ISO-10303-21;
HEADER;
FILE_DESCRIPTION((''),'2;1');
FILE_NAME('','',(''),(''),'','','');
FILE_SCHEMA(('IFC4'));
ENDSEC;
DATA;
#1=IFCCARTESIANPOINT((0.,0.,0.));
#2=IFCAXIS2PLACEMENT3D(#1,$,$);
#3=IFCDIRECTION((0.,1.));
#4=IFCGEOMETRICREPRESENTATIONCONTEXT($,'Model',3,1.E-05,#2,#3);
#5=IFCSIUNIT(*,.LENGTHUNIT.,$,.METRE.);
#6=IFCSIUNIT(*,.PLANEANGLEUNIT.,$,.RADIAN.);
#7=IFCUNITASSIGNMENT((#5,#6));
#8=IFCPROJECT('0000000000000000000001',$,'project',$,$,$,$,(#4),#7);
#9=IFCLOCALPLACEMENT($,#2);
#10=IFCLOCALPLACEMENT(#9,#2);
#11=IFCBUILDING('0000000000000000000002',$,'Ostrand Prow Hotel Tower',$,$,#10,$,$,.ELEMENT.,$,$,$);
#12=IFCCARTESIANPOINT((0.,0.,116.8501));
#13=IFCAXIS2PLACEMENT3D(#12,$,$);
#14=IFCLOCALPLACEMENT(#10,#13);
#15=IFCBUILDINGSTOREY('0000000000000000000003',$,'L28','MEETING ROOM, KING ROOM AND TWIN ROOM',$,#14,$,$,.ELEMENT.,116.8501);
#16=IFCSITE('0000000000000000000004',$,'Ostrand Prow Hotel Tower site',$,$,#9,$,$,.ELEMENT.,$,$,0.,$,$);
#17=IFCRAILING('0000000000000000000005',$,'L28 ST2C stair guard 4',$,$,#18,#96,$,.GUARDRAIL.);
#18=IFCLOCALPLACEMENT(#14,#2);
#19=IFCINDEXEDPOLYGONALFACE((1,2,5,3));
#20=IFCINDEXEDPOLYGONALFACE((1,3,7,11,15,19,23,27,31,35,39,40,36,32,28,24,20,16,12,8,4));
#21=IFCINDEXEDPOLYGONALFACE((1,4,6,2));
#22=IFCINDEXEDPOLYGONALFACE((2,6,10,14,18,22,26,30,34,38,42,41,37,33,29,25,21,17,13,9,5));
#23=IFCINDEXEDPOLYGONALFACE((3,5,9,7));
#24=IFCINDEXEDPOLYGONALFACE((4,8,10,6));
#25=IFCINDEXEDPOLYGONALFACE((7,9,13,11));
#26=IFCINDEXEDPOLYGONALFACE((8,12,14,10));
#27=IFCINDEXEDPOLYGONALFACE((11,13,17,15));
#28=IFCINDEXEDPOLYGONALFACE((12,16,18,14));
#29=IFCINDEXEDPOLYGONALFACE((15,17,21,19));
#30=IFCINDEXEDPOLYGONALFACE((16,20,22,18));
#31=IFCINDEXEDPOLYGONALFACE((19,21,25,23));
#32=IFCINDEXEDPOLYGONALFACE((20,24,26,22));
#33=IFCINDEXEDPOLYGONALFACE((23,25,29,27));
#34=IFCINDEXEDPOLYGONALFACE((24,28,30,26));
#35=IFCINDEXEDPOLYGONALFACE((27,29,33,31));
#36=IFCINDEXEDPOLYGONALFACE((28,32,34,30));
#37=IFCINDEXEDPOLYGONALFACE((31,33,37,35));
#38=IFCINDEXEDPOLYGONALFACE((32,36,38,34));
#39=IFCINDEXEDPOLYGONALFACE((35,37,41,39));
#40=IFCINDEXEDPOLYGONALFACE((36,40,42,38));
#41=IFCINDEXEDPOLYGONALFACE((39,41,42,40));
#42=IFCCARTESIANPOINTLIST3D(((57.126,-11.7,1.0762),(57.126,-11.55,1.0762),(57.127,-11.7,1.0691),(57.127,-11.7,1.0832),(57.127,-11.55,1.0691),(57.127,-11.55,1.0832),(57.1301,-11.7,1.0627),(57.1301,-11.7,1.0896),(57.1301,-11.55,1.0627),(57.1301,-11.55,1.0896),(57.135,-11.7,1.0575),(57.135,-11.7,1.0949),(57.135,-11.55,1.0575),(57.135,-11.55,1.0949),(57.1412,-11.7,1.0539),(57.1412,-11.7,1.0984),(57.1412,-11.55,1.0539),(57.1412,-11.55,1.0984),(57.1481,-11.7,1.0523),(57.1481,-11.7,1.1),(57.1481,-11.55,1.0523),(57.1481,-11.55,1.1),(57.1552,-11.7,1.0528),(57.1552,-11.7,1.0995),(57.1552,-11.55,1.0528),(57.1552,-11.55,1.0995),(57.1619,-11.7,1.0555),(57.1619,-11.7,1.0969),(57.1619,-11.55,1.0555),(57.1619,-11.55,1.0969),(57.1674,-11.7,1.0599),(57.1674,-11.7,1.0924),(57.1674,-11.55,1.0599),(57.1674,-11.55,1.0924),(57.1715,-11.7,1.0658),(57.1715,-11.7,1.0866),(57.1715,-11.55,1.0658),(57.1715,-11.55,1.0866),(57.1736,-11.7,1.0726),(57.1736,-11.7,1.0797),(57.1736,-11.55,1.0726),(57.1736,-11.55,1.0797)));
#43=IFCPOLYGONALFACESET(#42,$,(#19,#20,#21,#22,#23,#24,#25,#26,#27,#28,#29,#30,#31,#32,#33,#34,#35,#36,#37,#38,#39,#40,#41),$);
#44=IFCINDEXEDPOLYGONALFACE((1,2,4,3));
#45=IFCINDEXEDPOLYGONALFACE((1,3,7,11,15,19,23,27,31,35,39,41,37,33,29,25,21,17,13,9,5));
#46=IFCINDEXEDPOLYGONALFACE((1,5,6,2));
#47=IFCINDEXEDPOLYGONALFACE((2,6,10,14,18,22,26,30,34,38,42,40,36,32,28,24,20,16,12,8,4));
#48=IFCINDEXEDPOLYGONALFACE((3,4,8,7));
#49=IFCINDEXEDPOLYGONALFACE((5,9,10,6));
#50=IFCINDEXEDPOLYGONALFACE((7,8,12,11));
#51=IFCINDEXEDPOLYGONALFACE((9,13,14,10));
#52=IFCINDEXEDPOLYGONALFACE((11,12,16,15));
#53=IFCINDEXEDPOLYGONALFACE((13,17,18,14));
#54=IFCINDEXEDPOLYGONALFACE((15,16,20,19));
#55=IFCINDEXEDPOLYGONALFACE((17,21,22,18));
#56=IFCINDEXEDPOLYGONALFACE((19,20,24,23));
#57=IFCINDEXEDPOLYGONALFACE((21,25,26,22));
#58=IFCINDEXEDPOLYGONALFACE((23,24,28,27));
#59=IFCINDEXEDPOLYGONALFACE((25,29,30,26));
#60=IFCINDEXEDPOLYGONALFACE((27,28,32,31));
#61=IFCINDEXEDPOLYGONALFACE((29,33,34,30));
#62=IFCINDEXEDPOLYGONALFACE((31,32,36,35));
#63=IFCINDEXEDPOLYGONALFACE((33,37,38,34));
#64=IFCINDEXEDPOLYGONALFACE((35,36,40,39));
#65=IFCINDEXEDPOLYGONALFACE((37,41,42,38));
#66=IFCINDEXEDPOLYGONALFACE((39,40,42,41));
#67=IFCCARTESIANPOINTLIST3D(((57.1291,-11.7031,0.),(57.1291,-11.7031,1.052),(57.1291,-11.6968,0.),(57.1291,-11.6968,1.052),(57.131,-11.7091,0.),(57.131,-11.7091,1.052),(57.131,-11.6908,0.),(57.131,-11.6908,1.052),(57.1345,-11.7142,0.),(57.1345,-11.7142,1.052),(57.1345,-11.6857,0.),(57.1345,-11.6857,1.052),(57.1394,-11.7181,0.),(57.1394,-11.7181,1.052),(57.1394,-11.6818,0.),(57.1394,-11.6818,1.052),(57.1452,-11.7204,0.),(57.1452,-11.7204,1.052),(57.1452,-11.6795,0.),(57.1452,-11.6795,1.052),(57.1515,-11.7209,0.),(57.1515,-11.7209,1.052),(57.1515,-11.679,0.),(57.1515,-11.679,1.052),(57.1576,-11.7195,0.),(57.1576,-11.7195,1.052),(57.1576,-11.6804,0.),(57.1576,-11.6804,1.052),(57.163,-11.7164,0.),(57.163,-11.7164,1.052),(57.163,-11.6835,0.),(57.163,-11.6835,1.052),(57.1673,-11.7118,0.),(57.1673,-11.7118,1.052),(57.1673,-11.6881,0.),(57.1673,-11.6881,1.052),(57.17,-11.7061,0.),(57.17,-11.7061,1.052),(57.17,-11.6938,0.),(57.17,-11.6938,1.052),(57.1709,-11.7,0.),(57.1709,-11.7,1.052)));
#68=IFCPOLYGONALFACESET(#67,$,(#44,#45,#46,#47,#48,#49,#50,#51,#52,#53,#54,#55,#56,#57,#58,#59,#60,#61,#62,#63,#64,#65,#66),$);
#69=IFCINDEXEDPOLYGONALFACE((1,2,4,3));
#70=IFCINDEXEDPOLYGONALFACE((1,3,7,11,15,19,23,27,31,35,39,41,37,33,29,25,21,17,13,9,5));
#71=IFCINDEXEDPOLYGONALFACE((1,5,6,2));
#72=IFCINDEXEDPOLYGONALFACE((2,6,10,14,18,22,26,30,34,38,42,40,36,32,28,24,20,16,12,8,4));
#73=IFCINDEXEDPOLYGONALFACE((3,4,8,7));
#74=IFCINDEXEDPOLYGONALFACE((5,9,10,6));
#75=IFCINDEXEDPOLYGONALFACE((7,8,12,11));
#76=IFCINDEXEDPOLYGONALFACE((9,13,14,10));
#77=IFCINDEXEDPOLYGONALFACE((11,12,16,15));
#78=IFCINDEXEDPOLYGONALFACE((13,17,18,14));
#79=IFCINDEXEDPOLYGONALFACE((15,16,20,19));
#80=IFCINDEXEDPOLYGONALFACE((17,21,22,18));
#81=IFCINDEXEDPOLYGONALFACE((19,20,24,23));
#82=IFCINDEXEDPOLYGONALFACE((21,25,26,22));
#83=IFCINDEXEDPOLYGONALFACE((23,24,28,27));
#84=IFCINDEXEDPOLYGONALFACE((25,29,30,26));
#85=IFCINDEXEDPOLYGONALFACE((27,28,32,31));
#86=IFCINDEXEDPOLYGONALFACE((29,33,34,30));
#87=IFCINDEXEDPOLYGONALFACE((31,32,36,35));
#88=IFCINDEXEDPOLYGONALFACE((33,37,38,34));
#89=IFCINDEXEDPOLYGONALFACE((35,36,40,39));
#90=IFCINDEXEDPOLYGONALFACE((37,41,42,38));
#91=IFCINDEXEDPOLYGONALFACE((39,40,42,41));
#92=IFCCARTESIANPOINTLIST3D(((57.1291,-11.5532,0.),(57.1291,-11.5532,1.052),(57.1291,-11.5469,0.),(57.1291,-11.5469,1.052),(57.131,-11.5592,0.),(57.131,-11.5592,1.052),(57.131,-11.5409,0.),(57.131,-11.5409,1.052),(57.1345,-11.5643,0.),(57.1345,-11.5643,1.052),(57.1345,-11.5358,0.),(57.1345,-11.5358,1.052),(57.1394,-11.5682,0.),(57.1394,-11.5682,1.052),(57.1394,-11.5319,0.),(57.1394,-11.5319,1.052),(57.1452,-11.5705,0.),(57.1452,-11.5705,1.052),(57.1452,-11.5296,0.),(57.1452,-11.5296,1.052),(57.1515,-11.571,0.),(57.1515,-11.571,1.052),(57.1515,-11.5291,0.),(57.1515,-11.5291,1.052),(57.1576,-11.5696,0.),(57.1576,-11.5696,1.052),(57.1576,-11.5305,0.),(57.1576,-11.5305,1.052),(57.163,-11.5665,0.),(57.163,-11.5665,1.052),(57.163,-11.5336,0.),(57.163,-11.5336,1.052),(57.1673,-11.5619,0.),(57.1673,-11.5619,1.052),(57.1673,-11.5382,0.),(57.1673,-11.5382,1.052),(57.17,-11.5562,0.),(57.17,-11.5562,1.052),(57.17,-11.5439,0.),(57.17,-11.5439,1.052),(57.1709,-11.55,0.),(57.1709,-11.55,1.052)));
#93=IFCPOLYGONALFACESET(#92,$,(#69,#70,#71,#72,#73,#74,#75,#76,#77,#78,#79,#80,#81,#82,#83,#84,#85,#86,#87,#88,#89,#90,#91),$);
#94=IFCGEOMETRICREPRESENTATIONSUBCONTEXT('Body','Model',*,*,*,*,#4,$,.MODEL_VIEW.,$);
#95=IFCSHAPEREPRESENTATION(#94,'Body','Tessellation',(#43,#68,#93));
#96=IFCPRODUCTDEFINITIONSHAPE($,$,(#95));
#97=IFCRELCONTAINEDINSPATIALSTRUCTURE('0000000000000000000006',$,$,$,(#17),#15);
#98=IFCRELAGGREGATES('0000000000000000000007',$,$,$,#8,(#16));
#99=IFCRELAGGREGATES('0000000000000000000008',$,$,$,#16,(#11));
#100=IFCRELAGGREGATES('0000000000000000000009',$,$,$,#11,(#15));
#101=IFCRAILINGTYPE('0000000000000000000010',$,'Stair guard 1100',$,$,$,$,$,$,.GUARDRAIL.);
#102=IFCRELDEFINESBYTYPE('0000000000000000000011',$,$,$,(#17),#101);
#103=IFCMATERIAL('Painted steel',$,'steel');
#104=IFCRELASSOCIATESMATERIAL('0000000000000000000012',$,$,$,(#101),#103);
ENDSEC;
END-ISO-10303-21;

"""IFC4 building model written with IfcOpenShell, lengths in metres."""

from ifc_helpers import new_model, si_unit, direction, frame, origin, origin_2d, place, context, subcontext, project, spatial, circle, extrude, material, type_object, element, save


model = new_model("IFC4")

# Units and contexts
model_context = context("Model", 3, precision=1e-05, world=origin(), true_north=direction((0.0, 1.0)))
body_context = subcontext(model_context, "Body", "Model", "MODEL_VIEW")
ifc_project = project(units=[si_unit("LENGTHUNIT", "METRE"), si_unit("PLANEANGLEUNIT", "RADIAN")], contexts=[model_context])

# Site, building, storey
site_placement = place(None, origin())
site = spatial("IfcSite", under=ifc_project, at=site_placement, Name="Ostrand Prow Hotel Tower site", CompositionType="ELEMENT", RefElevation=0.0)
building_placement = place(site_placement, origin())
building = spatial("IfcBuilding", under=site, at=building_placement, Name="Ostrand Prow Hotel Tower", CompositionType="ELEMENT")
storey_placement = place(building_placement, frame((0.0, 0.0, 116.8501)))
storey = spatial("IfcBuildingStorey", under=building, at=storey_placement, Name="L28", Description="MEETING ROOM, KING ROOM AND TWIN ROOM", CompositionType="ELEMENT", Elevation=116.8501)

# Railing
ifc_material_1 = material(Name="Painted steel", Category="steel")
railing_type_1 = type_object("IfcRailingType", Name="Stair guard 1100", PredefinedType="GUARDRAIL", material=ifc_material_1)
railing_1_placement = place(storey_placement, frame((57.1499, -11.7, 0.0)))
element("IfcRailing", 1, at=railing_1_placement, inside=storey, type_object=railing_type_1, Name="L28 ST2C stair guard 4", PredefinedType="GUARDRAIL", context=body_context, shape_type="SweptSolid", body=[
    extrude(circle(Radius=0.0239, at=origin_2d()), frame((0.0, 0.0, 1.0762), z_axis=(0.0, 1.0, 0.0), x_axis=(-1.0, 0.0, 0.0)), (0.0, 0.0, 1.0), 0.1499),
    extrude(circle(Radius=0.021, at=origin_2d()), origin(), (0.0, 0.0, 1.0), 1.052),
    extrude(circle(Radius=0.021, at=origin_2d()), frame((0.0, 0.1499, 0.0)), (0.0, 0.0, 1.0), 1.052),
])

save(model, "model.ifc")
